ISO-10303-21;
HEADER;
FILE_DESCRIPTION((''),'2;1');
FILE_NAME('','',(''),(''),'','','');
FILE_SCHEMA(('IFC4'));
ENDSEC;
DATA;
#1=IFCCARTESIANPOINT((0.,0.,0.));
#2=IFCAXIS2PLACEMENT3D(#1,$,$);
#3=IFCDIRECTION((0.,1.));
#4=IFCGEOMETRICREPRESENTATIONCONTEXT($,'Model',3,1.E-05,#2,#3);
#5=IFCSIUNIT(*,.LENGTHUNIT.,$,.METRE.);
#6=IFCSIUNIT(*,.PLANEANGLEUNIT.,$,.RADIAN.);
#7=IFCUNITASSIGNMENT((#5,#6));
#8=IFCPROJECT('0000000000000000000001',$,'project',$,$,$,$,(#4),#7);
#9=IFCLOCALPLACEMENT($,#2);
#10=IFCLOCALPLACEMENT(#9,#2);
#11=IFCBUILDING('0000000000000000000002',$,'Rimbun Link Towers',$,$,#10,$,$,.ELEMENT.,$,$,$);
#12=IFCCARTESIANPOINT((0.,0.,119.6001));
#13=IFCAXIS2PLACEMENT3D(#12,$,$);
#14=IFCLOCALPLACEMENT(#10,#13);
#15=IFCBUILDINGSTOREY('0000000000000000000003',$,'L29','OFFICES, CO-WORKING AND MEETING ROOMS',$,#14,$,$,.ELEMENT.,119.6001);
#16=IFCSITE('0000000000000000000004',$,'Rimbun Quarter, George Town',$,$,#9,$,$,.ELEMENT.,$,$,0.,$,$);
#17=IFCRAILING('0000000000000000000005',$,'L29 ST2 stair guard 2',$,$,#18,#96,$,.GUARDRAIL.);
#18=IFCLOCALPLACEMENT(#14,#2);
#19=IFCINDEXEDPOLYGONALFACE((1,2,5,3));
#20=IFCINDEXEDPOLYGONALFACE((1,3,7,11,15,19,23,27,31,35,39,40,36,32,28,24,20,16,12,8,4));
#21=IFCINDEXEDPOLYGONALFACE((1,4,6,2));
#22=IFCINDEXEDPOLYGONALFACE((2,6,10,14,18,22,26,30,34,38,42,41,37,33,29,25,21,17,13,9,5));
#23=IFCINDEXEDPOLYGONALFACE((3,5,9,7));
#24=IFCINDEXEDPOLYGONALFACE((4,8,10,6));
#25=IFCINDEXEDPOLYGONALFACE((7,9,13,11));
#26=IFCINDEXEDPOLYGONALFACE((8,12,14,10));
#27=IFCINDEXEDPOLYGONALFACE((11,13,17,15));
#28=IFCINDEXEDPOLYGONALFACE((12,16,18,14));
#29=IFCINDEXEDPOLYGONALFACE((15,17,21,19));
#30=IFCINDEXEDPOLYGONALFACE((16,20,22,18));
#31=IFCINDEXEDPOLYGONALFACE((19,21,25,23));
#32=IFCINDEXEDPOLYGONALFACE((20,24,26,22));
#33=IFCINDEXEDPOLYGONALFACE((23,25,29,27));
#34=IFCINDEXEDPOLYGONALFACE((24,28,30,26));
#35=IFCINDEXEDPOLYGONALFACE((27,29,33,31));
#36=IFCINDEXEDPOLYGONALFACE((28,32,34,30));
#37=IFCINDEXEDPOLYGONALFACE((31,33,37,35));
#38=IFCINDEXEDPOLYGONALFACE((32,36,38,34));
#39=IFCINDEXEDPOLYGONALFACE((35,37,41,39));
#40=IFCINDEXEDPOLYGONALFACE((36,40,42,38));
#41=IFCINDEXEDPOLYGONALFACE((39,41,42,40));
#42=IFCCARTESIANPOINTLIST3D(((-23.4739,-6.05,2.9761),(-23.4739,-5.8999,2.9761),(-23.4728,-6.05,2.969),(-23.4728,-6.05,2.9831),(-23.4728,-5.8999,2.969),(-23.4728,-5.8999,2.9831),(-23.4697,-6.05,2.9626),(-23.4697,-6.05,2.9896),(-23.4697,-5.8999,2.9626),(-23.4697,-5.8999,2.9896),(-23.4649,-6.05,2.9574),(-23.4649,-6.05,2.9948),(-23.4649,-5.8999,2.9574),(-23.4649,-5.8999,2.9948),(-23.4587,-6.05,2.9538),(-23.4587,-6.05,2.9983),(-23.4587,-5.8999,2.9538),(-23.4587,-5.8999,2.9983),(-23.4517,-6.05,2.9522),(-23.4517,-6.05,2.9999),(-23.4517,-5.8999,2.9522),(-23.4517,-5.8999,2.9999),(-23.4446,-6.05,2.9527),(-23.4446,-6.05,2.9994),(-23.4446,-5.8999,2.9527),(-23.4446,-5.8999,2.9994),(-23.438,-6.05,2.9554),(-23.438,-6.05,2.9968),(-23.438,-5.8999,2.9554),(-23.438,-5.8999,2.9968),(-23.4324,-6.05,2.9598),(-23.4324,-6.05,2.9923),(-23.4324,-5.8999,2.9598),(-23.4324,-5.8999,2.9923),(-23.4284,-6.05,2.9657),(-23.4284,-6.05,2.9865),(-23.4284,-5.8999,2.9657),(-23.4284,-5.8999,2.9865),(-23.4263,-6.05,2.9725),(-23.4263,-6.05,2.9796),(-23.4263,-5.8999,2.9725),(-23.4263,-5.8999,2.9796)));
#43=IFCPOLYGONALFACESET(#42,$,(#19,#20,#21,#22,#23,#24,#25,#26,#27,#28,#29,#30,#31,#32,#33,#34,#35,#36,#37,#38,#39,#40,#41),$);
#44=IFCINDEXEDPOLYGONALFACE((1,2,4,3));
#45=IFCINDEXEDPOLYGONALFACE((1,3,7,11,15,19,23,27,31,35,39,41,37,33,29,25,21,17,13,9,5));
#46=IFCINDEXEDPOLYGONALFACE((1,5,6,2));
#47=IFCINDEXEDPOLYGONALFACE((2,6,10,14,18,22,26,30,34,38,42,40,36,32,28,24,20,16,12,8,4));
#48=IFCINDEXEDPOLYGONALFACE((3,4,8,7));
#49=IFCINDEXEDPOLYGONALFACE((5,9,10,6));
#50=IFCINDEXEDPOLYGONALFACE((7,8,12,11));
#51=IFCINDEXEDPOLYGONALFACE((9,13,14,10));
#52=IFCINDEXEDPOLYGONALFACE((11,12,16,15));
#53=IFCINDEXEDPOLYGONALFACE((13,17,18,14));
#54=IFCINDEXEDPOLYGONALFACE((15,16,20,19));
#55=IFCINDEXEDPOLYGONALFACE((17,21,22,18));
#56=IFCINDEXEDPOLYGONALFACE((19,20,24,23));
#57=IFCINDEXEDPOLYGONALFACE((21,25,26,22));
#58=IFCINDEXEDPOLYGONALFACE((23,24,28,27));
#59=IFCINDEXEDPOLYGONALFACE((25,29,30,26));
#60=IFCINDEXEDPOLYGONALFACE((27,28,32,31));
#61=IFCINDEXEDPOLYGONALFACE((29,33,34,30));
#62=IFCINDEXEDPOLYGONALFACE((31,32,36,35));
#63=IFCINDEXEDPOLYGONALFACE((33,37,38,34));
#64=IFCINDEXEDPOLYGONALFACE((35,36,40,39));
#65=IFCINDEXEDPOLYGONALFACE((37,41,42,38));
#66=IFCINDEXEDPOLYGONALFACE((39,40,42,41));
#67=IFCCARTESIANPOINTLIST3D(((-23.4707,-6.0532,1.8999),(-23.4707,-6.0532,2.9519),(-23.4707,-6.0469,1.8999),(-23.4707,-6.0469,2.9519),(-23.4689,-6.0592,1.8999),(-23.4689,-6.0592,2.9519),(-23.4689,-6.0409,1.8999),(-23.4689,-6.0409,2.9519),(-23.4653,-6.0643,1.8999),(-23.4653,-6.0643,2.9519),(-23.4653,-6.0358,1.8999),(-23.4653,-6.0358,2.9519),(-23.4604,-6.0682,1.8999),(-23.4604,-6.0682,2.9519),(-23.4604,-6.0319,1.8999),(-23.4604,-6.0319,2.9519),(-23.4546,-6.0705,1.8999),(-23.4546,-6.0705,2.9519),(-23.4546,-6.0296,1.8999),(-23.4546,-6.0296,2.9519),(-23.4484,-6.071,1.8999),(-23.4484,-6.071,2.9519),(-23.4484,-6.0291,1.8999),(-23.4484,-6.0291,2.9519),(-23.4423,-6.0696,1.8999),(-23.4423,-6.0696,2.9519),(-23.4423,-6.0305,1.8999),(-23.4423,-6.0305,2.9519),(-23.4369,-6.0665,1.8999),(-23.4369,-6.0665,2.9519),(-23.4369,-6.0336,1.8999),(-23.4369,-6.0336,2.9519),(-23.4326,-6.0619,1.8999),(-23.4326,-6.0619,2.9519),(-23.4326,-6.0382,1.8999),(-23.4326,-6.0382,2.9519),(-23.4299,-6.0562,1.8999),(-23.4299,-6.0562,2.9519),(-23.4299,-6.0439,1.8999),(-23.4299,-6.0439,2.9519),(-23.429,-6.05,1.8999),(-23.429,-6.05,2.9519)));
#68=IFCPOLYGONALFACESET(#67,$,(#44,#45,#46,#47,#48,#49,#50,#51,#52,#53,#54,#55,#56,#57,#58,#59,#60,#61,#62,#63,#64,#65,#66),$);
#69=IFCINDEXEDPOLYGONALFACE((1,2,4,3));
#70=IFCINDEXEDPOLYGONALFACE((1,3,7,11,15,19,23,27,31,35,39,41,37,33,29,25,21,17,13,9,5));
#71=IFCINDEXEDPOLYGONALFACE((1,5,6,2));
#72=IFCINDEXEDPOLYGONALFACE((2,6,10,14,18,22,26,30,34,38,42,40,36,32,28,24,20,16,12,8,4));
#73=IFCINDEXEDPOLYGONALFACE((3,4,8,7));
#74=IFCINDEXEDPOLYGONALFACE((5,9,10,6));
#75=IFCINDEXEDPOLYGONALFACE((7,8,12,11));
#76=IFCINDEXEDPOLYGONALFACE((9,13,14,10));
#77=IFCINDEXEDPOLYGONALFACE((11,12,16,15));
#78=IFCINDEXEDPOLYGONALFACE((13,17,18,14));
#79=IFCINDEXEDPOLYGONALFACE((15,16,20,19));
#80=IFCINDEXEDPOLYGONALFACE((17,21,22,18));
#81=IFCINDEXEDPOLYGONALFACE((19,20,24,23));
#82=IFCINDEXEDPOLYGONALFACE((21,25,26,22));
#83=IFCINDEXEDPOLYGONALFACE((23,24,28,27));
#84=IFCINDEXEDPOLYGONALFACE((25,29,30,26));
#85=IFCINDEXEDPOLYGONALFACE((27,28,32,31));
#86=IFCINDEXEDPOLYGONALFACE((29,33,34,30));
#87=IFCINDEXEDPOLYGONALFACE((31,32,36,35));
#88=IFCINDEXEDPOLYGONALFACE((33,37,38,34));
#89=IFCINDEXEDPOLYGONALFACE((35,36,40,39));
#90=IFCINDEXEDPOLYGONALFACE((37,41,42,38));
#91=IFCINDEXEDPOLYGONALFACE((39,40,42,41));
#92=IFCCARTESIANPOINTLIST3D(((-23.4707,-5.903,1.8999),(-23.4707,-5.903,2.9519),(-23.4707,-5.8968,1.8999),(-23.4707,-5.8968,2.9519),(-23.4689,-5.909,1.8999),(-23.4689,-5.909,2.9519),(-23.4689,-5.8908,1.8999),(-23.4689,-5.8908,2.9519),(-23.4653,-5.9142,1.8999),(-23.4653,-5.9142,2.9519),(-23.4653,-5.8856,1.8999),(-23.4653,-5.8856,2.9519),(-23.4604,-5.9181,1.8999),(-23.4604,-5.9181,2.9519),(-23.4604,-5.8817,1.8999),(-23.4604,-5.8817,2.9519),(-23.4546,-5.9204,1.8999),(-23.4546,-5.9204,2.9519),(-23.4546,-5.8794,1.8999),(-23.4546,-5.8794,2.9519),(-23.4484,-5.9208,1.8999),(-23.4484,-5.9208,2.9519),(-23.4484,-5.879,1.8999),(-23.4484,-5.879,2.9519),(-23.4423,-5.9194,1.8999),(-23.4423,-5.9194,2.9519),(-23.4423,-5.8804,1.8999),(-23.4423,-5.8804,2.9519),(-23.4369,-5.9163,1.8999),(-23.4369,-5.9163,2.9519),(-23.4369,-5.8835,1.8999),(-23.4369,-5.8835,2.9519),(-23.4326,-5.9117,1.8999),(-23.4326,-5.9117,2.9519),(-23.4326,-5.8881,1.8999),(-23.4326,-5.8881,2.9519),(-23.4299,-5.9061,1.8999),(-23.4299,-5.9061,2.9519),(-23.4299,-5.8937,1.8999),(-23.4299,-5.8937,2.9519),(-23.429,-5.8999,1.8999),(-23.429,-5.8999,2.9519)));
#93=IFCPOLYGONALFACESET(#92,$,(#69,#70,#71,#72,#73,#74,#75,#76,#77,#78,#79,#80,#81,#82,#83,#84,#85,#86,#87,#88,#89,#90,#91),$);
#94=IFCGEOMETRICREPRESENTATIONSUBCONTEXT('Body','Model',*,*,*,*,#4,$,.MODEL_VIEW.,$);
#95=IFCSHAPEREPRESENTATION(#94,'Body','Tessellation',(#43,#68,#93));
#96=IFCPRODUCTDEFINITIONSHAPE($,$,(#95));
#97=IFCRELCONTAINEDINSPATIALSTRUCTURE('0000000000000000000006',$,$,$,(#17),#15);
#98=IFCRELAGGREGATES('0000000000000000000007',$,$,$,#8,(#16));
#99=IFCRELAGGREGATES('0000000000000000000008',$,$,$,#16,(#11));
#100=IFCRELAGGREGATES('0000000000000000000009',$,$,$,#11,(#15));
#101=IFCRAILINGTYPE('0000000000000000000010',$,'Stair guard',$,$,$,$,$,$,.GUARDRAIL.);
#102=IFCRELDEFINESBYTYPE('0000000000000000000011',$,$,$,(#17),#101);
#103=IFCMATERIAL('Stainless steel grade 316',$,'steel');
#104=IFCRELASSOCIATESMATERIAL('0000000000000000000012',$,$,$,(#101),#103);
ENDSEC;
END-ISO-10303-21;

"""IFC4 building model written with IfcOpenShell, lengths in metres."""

from ifc_helpers import new_model, si_unit, direction, frame, origin, origin_2d, place, context, subcontext, project, spatial, circle, extrude, material, type_object, element, save


model = new_model("IFC4")

# Units and contexts
model_context = context("Model", 3, precision=1e-05, world=origin(), true_north=direction((0.0, 1.0)))
body_context = subcontext(model_context, "Body", "Model", "MODEL_VIEW")
ifc_project = project(units=[si_unit("LENGTHUNIT", "METRE"), si_unit("PLANEANGLEUNIT", "RADIAN")], contexts=[model_context])

# Site, building, storey
site_placement = place(None, origin())
site = spatial("IfcSite", under=ifc_project, at=site_placement, Name="Rimbun Quarter, George Town", CompositionType="ELEMENT", RefElevation=0.0)
building_placement = place(site_placement, origin())
building = spatial("IfcBuilding", under=site, at=building_placement, Name="Rimbun Link Towers", CompositionType="ELEMENT")
storey_placement = place(building_placement, frame((0.0, 0.0, 119.6001)))
storey = spatial("IfcBuildingStorey", under=building, at=storey_placement, Name="L29", Description="OFFICES, CO-WORKING AND MEETING ROOMS", CompositionType="ELEMENT", Elevation=119.6001)

# Railing
ifc_material_1 = material(Name="Stainless steel grade 316", Category="steel")
railing_type_1 = type_object("IfcRailingType", Name="Stair guard", PredefinedType="GUARDRAIL", material=ifc_material_1)
railing_1_placement = place(storey_placement, frame((-23.45, -6.05, 1.8999)))
element("IfcRailing", 1, at=railing_1_placement, inside=storey, type_object=railing_type_1, Name="L29 ST2 stair guard 2", PredefinedType="GUARDRAIL", context=body_context, shape_type="SweptSolid", body=[
    extrude(circle(Radius=0.0239, at=origin_2d()), frame((0.0, 0.0, 1.0762), z_axis=(0.0, 1.0, 0.0), x_axis=(-1.0, 0.0, 0.0)), (0.0, 0.0, 1.0), 0.1501),
    extrude(circle(Radius=0.021, at=origin_2d()), origin(), (0.0, 0.0, 1.0), 1.052),
    extrude(circle(Radius=0.021, at=origin_2d()), frame((0.0, 0.1501, 0.0)), (0.0, 0.0, 1.0), 1.052),
])

save(model, "model.ifc")
